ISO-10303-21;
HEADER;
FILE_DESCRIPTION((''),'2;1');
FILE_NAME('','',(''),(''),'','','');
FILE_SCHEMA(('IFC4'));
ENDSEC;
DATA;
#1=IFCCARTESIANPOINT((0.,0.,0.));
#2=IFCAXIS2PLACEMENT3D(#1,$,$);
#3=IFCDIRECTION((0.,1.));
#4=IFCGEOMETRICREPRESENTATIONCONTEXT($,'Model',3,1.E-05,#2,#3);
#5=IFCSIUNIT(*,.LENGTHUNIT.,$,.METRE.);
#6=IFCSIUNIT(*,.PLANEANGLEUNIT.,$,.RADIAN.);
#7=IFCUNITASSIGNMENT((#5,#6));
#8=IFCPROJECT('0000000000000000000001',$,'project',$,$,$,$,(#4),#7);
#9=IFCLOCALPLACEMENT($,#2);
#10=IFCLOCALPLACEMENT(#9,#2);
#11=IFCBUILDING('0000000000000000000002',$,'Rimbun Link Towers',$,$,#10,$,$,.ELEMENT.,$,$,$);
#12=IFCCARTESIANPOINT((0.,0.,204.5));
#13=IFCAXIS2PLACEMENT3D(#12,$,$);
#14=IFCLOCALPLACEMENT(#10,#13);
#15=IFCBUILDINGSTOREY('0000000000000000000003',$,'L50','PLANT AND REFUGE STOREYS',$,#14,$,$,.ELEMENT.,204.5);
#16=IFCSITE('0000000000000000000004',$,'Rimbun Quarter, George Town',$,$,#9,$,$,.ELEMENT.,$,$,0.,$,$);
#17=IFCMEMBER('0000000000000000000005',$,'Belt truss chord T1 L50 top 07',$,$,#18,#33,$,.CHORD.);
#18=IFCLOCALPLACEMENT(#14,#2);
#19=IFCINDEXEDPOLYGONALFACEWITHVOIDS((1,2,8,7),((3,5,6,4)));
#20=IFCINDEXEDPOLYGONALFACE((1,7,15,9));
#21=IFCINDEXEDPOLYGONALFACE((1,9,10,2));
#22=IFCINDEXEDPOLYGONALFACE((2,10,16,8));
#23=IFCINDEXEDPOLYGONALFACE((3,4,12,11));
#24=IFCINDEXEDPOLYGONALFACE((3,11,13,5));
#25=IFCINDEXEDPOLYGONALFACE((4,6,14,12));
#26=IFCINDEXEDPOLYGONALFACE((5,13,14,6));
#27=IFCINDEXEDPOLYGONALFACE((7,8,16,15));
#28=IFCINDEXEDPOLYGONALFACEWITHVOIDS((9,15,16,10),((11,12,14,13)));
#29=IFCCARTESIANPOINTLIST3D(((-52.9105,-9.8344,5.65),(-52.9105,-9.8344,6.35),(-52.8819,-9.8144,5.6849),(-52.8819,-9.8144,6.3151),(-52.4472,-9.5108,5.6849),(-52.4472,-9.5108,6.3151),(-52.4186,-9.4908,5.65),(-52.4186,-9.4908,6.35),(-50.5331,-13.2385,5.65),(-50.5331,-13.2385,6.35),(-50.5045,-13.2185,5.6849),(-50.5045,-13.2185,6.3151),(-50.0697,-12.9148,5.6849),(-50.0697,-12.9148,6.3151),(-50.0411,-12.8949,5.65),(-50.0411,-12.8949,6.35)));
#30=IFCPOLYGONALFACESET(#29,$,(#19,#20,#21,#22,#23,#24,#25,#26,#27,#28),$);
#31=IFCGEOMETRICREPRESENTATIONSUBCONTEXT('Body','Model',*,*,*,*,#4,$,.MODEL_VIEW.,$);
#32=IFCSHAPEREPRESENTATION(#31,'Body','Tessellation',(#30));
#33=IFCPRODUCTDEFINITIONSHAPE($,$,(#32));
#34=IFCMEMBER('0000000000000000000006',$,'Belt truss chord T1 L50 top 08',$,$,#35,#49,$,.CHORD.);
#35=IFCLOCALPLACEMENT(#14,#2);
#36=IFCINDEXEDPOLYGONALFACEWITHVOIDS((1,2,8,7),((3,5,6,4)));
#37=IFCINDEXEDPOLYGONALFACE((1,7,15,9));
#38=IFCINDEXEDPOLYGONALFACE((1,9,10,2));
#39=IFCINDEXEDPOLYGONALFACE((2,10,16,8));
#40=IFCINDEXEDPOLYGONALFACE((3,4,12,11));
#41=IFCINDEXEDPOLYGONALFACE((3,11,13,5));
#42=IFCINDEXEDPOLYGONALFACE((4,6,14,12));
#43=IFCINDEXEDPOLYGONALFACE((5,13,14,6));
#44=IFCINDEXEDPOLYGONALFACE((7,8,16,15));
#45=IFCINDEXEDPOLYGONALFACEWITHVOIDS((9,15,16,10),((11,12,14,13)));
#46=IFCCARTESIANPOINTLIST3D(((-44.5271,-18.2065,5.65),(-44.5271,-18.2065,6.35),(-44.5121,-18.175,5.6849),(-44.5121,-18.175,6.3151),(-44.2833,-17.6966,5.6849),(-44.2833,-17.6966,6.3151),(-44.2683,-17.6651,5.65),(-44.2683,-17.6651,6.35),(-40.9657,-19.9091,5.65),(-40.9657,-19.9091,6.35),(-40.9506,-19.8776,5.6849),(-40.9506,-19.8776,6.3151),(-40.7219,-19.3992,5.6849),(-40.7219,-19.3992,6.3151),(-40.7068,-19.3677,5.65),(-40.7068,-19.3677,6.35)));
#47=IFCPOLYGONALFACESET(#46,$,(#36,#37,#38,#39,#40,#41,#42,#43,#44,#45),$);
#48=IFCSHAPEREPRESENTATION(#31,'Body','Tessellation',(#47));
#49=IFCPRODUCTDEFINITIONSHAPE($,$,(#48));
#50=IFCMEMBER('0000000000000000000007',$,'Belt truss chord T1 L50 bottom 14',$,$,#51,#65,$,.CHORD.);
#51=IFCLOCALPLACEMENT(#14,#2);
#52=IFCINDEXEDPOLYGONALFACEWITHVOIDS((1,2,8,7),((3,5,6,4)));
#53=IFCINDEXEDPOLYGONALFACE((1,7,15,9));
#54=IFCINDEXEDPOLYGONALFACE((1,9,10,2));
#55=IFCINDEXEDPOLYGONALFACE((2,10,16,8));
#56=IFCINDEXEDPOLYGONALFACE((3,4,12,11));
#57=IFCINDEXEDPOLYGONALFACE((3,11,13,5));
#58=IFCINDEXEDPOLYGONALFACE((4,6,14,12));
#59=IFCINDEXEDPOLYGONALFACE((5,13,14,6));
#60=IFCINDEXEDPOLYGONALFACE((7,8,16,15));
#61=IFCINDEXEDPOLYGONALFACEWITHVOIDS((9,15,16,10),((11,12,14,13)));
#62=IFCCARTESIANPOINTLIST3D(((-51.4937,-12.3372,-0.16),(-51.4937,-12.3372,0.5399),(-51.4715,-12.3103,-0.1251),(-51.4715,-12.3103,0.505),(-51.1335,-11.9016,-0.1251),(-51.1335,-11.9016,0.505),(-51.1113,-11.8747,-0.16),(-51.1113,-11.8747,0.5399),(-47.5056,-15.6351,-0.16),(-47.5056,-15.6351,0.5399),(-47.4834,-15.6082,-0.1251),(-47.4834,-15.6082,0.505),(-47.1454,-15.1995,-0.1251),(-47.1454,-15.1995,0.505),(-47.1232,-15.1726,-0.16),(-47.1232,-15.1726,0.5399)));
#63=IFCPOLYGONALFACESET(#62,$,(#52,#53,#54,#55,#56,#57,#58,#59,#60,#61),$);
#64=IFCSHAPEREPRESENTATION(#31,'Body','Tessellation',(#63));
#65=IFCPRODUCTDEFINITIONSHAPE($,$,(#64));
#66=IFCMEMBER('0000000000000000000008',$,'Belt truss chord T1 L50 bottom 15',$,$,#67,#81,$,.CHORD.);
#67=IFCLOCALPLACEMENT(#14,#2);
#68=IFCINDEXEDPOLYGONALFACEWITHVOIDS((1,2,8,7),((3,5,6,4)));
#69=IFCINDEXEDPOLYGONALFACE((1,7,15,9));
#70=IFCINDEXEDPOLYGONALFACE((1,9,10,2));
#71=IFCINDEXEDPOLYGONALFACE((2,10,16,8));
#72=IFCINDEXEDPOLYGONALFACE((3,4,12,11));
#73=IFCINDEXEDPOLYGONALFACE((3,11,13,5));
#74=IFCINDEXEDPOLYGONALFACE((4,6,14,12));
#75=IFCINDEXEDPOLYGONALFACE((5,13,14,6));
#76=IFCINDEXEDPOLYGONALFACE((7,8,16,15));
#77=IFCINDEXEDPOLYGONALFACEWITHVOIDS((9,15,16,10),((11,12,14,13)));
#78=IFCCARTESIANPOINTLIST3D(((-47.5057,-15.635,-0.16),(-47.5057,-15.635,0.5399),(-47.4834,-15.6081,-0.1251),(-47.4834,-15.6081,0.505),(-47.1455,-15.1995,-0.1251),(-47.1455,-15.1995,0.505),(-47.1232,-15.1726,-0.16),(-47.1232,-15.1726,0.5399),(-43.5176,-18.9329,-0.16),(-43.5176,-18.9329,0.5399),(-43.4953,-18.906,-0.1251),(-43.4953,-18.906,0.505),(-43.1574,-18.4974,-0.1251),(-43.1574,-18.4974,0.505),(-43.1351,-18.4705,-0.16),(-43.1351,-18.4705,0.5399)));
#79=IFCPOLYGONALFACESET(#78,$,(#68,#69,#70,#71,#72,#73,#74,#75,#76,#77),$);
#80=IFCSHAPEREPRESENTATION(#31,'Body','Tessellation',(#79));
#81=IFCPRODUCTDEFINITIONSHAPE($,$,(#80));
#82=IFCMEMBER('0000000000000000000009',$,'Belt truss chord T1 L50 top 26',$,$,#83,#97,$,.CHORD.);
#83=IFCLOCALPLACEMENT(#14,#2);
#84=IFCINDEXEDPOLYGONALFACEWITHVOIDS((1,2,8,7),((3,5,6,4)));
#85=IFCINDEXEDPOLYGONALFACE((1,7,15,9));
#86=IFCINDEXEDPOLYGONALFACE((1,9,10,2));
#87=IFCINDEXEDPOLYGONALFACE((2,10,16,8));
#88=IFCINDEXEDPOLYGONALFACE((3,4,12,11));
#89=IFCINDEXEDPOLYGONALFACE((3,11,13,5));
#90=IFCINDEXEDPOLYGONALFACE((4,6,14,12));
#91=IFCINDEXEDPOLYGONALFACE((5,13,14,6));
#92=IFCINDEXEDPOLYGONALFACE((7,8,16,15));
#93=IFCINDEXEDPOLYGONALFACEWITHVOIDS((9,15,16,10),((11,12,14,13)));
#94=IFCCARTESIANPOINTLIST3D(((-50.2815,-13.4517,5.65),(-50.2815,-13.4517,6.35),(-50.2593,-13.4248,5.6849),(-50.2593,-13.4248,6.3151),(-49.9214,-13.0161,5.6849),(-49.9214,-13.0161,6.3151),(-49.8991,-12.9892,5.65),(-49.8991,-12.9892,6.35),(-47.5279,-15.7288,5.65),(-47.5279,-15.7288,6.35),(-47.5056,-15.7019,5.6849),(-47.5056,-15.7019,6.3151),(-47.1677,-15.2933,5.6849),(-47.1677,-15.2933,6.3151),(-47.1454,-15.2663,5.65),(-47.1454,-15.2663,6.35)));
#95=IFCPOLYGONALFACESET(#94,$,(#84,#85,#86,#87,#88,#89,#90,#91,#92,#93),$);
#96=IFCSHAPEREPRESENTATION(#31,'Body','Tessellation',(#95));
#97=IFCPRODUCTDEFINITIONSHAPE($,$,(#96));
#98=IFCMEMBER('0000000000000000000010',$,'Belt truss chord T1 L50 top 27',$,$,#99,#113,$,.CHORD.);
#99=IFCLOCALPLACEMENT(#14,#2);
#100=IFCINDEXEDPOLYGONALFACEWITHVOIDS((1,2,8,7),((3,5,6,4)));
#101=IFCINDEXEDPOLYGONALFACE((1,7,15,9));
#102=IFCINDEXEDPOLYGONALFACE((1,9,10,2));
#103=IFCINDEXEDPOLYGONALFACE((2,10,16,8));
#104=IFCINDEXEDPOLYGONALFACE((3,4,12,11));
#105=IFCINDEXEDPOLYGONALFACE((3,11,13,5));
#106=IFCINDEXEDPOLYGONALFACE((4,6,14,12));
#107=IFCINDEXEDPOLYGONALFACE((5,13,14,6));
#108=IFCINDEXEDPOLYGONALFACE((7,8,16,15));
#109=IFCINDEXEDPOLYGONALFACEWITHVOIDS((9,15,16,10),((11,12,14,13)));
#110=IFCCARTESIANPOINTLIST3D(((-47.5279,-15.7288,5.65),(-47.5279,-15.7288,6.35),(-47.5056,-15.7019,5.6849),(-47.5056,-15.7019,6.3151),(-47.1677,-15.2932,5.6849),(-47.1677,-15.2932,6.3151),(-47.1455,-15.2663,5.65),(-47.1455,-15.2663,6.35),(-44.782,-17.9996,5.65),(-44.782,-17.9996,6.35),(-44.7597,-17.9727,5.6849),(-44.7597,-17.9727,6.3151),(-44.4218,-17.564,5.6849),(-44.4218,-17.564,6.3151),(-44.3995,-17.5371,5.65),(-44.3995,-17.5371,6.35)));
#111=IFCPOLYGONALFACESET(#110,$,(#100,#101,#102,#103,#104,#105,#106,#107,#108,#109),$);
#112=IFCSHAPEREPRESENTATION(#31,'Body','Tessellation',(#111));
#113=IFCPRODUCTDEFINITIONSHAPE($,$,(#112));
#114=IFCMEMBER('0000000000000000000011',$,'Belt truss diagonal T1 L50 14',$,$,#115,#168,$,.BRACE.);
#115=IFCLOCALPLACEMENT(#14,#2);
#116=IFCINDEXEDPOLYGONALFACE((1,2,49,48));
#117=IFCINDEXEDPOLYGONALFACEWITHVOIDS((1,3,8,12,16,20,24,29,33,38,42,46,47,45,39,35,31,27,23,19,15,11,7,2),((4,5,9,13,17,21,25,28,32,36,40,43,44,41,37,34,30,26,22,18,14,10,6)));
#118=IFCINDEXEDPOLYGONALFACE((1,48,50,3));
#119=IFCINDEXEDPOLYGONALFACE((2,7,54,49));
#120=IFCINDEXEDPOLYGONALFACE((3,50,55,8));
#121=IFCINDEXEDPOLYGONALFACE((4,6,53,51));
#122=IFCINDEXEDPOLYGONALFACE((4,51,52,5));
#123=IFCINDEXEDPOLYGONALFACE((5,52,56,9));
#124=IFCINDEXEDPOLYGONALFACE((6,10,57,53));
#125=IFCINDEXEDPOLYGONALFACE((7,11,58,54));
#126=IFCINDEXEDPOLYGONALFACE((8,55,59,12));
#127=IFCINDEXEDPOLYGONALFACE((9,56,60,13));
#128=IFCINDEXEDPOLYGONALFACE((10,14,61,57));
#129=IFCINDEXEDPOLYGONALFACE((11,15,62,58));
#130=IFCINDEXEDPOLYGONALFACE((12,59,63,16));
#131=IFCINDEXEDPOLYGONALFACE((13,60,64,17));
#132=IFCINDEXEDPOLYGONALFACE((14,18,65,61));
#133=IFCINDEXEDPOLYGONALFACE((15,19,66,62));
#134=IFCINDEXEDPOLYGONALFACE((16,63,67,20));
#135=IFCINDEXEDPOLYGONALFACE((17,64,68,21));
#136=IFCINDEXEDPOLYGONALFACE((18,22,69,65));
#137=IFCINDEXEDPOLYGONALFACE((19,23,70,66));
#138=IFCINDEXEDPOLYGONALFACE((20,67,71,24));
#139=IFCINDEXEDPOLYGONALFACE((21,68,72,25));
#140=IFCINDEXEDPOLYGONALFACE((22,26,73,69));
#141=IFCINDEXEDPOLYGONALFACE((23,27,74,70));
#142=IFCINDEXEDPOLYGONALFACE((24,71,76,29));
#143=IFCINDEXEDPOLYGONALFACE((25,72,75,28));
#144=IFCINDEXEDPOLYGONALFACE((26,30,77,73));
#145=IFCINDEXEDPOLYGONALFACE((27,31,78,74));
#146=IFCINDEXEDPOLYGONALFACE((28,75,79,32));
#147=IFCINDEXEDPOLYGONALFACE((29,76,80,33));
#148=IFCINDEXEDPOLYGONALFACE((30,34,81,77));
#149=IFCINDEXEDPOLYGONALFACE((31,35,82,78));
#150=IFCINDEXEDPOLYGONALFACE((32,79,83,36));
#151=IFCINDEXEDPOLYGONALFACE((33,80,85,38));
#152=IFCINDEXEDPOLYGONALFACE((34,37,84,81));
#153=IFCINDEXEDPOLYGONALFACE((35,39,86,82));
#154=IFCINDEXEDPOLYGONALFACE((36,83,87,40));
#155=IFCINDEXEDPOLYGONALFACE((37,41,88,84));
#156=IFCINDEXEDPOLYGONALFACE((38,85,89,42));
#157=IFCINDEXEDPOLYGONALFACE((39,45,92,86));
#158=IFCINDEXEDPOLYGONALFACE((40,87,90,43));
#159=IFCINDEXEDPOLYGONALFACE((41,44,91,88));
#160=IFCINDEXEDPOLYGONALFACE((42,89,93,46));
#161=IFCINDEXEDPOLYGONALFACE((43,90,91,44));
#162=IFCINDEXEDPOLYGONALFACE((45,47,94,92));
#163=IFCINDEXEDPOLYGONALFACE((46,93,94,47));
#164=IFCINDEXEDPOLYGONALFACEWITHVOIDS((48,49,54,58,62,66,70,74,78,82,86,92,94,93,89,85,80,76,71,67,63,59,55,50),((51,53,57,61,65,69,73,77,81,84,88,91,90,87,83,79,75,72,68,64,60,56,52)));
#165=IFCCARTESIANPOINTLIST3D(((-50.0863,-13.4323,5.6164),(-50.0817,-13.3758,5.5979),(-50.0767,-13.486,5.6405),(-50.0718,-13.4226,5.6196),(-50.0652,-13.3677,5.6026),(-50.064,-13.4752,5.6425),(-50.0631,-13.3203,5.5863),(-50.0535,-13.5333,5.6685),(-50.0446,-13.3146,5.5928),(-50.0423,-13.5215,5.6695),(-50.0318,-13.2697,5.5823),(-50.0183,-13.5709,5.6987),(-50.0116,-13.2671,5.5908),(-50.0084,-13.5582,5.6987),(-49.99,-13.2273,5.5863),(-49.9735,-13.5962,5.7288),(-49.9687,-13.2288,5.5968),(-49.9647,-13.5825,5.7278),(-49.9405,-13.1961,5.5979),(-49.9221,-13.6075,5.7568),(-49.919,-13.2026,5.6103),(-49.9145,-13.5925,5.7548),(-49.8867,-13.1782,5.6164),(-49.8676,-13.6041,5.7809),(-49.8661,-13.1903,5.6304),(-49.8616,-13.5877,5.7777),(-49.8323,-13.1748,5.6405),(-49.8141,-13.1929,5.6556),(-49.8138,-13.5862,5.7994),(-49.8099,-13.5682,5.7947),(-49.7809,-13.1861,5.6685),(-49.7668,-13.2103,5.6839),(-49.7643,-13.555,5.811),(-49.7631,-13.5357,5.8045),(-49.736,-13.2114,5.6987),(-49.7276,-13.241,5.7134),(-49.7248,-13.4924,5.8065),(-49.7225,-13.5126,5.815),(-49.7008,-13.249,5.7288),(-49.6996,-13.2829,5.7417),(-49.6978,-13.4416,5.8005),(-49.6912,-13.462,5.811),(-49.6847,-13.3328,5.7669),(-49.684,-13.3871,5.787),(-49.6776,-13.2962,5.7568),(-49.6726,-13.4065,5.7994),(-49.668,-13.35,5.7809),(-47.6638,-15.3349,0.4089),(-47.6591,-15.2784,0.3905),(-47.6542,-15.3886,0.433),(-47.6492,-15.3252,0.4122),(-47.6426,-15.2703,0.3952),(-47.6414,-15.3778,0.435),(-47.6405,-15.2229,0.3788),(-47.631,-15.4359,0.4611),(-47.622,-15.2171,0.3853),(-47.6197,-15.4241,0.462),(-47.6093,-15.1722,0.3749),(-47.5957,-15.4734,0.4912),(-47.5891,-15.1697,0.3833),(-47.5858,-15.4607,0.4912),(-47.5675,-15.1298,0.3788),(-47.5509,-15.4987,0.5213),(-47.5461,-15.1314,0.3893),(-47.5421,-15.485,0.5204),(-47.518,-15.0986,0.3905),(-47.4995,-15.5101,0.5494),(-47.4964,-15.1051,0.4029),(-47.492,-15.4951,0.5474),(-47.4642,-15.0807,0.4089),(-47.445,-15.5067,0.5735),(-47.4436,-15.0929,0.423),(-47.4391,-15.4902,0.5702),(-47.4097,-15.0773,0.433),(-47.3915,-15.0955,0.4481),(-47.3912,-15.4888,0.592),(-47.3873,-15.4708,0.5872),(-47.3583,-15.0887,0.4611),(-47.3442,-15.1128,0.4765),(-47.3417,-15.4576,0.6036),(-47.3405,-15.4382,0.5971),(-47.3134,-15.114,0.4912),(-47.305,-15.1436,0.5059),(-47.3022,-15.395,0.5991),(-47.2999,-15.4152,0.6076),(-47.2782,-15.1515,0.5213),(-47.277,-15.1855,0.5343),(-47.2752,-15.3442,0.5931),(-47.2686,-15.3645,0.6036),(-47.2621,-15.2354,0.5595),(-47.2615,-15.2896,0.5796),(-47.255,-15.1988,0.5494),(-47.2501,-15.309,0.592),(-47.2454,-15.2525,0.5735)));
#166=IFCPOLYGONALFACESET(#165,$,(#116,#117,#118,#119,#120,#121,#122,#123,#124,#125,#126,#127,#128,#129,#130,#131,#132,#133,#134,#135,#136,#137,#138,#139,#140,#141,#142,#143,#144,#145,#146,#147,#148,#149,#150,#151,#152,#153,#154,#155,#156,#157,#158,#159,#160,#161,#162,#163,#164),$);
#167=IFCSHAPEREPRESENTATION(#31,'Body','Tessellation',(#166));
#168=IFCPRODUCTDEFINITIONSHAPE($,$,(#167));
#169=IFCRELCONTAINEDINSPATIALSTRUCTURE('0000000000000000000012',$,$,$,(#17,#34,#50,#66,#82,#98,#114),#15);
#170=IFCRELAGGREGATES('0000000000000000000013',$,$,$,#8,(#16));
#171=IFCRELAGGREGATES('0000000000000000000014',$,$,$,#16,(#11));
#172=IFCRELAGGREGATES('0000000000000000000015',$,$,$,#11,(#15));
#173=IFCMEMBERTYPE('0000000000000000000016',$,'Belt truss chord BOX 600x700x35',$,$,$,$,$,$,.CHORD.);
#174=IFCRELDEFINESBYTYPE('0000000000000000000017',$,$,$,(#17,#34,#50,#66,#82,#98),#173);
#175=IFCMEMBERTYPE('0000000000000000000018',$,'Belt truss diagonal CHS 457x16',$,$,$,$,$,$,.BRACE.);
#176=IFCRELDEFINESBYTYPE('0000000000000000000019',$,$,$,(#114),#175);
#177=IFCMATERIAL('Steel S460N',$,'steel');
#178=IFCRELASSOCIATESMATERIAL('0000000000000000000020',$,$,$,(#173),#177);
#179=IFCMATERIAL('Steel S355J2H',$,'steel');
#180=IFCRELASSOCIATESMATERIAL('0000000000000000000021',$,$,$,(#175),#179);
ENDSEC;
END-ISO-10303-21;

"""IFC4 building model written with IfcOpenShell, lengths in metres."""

from ifc_helpers import new_model, si_unit, direction, frame, origin, origin_2d, place, context, subcontext, project, spatial, hollow_rectangle, hollow_circle, extrude, material, material_profile, profile_set, type_object, element, save


model = new_model("IFC4")

# Units and contexts
model_context = context("Model", 3, precision=1e-05, world=origin(), true_north=direction((0.0, 1.0)))
body_context = subcontext(model_context, "Body", "Model", "MODEL_VIEW")
ifc_project = project(units=[si_unit("LENGTHUNIT", "METRE"), si_unit("PLANEANGLEUNIT", "RADIAN")], contexts=[model_context])

# Site, building, storey
site_placement = place(None, origin())
site = spatial("IfcSite", under=ifc_project, at=site_placement, Name="Rimbun Quarter, George Town", CompositionType="ELEMENT", RefElevation=0.0)
building_placement = place(site_placement, origin())
building = spatial("IfcBuilding", under=site, at=building_placement, Name="Rimbun Link Towers", CompositionType="ELEMENT")
storey_placement = place(building_placement, frame((0.0, 0.0, 204.5)))
storey = spatial("IfcBuildingStorey", under=building, at=storey_placement, Name="L50", Description="PLANT AND REFUGE STOREYS", CompositionType="ELEMENT", Elevation=204.5)

# Members
ifc_material_1 = material(Name="Steel S460N", Category="steel")
ifc_material_profile_1 = material_profile(ifc_material_1, hollow_rectangle(XDim=0.6001, YDim=0.7, WallThickness=0.0349, at=origin_2d()), Name="Belt truss chord BOX 600x700x35")
ifc_profile_set_1 = profile_set([ifc_material_profile_1], Name="Steel S460N")
member_type_1 = type_object("IfcMemberType", Name="Belt truss chord BOX 600x700x35", PredefinedType="CHORD", material=ifc_profile_set_1)
member_1_placement = place(storey_placement, frame((-52.6646, -9.6626, 6.0), z_axis=(0.57259, -0.819842, 0.0), x_axis=(0.819842, 0.57259, 0.0)))
element("IfcMember", 1, at=member_1_placement, inside=storey, type_object=member_type_1, Name="Belt truss chord T1 L50 top 07", PredefinedType="CHORD", context=body_context, shape_type="SweptSolid", body=[
    extrude(hollow_rectangle(XDim=0.6001, YDim=0.7, WallThickness=0.0349, at=origin_2d()), origin(), (0.0, 0.0, 1.0), 4.1521),
])
member_2_placement = place(storey_placement, frame((-44.3977, -17.9358, 6.0), z_axis=(0.902203, -0.431311, 0.0), x_axis=(0.431311, 0.902203, 0.0)))
element("IfcMember", 2, at=member_2_placement, inside=storey, type_object=member_type_1, Name="Belt truss chord T1 L50 top 08", PredefinedType="CHORD", context=body_context, shape_type="SweptSolid", body=[
    extrude(hollow_rectangle(XDim=0.6001, YDim=0.7, WallThickness=0.0349, at=origin_2d()), origin(), (0.0, 0.0, 1.0), 3.9475),
])
for number, where, z_axis, x_axis, name in (
    (3, (-51.3025, -12.106, 0.1899), (0.77064, -0.63727, 0.0), (0.63727, 0.77064, 0.0), "Belt truss chord T1 L50 bottom 14"),
    (4, (-47.3145, -15.4038, 0.1899), (0.77064, -0.63727, 0.0), (0.63727, 0.77064, 0.0), "Belt truss chord T1 L50 bottom 15"),
):
    element("IfcMember", number, at=place(storey_placement, frame(where, z_axis=z_axis, x_axis=x_axis)), inside=storey, type_object=member_type_1, Name=name, PredefinedType="CHORD", context=body_context, shape_type="SweptSolid", body=[
        extrude(hollow_rectangle(XDim=0.6001, YDim=0.7, WallThickness=0.0349, at=origin_2d()), origin(), (0.0, 0.0, 1.0), 5.175),
    ])
member_3_placement = place(storey_placement, frame((-50.0903, -13.2205, 6.0), z_axis=(0.770641, -0.63727, 0.0), x_axis=(0.63727, 0.770641, 0.0)))
element("IfcMember", 5, at=member_3_placement, inside=storey, type_object=member_type_1, Name="Belt truss chord T1 L50 top 26", PredefinedType="CHORD", context=body_context, shape_type="SweptSolid", body=[
    extrude(hollow_rectangle(XDim=0.6001, YDim=0.7, WallThickness=0.0349, at=origin_2d()), origin(), (0.0, 0.0, 1.0), 3.5732),
])
member_4_placement = place(storey_placement, frame((-47.3367, -15.4976, 6.0), z_axis=(0.770625, -0.637289, 0.0), x_axis=(0.637289, 0.770625, 0.0)))
element("IfcMember", 6, at=member_4_placement, inside=storey, type_object=member_type_1, Name="Belt truss chord T1 L50 top 27", PredefinedType="CHORD", context=body_context, shape_type="SweptSolid", body=[
    extrude(hollow_rectangle(XDim=0.6001, YDim=0.7, WallThickness=0.0349, at=origin_2d()), origin(), (0.0, 0.0, 1.0), 3.5632),
])
ifc_material_2 = material(Name="Steel S355J2H", Category="steel")
ifc_material_profile_2 = material_profile(ifc_material_2, hollow_circle(Radius=0.2285, WallThickness=0.0161, at=origin_2d()), Name="Belt truss diagonal CHS 457x16")
ifc_profile_set_2 = profile_set([ifc_material_profile_2], Name="Steel S355J2H")
member_type_2 = type_object("IfcMemberType", Name="Belt truss diagonal CHS 457x16", PredefinedType="BRACE", material=ifc_profile_set_2)
member_5_placement = place(storey_placement, frame((-47.4546, -15.2937, 0.4912), z_axis=(-0.400406, 0.314457, 0.860693), x_axis=(-0.617643, -0.786459, 0.0)))
element("IfcMember", 7, at=member_5_placement, inside=storey, type_object=member_type_2, Name="Belt truss diagonal T1 L50 14", PredefinedType="BRACE", context=body_context, shape_type="SweptSolid", body=[
    extrude(hollow_circle(Radius=0.2285, WallThickness=0.0161, at=origin_2d()), origin(), (0.0, 0.0, 1.0), 6.0503),
])

save(model, "model.ifc")
